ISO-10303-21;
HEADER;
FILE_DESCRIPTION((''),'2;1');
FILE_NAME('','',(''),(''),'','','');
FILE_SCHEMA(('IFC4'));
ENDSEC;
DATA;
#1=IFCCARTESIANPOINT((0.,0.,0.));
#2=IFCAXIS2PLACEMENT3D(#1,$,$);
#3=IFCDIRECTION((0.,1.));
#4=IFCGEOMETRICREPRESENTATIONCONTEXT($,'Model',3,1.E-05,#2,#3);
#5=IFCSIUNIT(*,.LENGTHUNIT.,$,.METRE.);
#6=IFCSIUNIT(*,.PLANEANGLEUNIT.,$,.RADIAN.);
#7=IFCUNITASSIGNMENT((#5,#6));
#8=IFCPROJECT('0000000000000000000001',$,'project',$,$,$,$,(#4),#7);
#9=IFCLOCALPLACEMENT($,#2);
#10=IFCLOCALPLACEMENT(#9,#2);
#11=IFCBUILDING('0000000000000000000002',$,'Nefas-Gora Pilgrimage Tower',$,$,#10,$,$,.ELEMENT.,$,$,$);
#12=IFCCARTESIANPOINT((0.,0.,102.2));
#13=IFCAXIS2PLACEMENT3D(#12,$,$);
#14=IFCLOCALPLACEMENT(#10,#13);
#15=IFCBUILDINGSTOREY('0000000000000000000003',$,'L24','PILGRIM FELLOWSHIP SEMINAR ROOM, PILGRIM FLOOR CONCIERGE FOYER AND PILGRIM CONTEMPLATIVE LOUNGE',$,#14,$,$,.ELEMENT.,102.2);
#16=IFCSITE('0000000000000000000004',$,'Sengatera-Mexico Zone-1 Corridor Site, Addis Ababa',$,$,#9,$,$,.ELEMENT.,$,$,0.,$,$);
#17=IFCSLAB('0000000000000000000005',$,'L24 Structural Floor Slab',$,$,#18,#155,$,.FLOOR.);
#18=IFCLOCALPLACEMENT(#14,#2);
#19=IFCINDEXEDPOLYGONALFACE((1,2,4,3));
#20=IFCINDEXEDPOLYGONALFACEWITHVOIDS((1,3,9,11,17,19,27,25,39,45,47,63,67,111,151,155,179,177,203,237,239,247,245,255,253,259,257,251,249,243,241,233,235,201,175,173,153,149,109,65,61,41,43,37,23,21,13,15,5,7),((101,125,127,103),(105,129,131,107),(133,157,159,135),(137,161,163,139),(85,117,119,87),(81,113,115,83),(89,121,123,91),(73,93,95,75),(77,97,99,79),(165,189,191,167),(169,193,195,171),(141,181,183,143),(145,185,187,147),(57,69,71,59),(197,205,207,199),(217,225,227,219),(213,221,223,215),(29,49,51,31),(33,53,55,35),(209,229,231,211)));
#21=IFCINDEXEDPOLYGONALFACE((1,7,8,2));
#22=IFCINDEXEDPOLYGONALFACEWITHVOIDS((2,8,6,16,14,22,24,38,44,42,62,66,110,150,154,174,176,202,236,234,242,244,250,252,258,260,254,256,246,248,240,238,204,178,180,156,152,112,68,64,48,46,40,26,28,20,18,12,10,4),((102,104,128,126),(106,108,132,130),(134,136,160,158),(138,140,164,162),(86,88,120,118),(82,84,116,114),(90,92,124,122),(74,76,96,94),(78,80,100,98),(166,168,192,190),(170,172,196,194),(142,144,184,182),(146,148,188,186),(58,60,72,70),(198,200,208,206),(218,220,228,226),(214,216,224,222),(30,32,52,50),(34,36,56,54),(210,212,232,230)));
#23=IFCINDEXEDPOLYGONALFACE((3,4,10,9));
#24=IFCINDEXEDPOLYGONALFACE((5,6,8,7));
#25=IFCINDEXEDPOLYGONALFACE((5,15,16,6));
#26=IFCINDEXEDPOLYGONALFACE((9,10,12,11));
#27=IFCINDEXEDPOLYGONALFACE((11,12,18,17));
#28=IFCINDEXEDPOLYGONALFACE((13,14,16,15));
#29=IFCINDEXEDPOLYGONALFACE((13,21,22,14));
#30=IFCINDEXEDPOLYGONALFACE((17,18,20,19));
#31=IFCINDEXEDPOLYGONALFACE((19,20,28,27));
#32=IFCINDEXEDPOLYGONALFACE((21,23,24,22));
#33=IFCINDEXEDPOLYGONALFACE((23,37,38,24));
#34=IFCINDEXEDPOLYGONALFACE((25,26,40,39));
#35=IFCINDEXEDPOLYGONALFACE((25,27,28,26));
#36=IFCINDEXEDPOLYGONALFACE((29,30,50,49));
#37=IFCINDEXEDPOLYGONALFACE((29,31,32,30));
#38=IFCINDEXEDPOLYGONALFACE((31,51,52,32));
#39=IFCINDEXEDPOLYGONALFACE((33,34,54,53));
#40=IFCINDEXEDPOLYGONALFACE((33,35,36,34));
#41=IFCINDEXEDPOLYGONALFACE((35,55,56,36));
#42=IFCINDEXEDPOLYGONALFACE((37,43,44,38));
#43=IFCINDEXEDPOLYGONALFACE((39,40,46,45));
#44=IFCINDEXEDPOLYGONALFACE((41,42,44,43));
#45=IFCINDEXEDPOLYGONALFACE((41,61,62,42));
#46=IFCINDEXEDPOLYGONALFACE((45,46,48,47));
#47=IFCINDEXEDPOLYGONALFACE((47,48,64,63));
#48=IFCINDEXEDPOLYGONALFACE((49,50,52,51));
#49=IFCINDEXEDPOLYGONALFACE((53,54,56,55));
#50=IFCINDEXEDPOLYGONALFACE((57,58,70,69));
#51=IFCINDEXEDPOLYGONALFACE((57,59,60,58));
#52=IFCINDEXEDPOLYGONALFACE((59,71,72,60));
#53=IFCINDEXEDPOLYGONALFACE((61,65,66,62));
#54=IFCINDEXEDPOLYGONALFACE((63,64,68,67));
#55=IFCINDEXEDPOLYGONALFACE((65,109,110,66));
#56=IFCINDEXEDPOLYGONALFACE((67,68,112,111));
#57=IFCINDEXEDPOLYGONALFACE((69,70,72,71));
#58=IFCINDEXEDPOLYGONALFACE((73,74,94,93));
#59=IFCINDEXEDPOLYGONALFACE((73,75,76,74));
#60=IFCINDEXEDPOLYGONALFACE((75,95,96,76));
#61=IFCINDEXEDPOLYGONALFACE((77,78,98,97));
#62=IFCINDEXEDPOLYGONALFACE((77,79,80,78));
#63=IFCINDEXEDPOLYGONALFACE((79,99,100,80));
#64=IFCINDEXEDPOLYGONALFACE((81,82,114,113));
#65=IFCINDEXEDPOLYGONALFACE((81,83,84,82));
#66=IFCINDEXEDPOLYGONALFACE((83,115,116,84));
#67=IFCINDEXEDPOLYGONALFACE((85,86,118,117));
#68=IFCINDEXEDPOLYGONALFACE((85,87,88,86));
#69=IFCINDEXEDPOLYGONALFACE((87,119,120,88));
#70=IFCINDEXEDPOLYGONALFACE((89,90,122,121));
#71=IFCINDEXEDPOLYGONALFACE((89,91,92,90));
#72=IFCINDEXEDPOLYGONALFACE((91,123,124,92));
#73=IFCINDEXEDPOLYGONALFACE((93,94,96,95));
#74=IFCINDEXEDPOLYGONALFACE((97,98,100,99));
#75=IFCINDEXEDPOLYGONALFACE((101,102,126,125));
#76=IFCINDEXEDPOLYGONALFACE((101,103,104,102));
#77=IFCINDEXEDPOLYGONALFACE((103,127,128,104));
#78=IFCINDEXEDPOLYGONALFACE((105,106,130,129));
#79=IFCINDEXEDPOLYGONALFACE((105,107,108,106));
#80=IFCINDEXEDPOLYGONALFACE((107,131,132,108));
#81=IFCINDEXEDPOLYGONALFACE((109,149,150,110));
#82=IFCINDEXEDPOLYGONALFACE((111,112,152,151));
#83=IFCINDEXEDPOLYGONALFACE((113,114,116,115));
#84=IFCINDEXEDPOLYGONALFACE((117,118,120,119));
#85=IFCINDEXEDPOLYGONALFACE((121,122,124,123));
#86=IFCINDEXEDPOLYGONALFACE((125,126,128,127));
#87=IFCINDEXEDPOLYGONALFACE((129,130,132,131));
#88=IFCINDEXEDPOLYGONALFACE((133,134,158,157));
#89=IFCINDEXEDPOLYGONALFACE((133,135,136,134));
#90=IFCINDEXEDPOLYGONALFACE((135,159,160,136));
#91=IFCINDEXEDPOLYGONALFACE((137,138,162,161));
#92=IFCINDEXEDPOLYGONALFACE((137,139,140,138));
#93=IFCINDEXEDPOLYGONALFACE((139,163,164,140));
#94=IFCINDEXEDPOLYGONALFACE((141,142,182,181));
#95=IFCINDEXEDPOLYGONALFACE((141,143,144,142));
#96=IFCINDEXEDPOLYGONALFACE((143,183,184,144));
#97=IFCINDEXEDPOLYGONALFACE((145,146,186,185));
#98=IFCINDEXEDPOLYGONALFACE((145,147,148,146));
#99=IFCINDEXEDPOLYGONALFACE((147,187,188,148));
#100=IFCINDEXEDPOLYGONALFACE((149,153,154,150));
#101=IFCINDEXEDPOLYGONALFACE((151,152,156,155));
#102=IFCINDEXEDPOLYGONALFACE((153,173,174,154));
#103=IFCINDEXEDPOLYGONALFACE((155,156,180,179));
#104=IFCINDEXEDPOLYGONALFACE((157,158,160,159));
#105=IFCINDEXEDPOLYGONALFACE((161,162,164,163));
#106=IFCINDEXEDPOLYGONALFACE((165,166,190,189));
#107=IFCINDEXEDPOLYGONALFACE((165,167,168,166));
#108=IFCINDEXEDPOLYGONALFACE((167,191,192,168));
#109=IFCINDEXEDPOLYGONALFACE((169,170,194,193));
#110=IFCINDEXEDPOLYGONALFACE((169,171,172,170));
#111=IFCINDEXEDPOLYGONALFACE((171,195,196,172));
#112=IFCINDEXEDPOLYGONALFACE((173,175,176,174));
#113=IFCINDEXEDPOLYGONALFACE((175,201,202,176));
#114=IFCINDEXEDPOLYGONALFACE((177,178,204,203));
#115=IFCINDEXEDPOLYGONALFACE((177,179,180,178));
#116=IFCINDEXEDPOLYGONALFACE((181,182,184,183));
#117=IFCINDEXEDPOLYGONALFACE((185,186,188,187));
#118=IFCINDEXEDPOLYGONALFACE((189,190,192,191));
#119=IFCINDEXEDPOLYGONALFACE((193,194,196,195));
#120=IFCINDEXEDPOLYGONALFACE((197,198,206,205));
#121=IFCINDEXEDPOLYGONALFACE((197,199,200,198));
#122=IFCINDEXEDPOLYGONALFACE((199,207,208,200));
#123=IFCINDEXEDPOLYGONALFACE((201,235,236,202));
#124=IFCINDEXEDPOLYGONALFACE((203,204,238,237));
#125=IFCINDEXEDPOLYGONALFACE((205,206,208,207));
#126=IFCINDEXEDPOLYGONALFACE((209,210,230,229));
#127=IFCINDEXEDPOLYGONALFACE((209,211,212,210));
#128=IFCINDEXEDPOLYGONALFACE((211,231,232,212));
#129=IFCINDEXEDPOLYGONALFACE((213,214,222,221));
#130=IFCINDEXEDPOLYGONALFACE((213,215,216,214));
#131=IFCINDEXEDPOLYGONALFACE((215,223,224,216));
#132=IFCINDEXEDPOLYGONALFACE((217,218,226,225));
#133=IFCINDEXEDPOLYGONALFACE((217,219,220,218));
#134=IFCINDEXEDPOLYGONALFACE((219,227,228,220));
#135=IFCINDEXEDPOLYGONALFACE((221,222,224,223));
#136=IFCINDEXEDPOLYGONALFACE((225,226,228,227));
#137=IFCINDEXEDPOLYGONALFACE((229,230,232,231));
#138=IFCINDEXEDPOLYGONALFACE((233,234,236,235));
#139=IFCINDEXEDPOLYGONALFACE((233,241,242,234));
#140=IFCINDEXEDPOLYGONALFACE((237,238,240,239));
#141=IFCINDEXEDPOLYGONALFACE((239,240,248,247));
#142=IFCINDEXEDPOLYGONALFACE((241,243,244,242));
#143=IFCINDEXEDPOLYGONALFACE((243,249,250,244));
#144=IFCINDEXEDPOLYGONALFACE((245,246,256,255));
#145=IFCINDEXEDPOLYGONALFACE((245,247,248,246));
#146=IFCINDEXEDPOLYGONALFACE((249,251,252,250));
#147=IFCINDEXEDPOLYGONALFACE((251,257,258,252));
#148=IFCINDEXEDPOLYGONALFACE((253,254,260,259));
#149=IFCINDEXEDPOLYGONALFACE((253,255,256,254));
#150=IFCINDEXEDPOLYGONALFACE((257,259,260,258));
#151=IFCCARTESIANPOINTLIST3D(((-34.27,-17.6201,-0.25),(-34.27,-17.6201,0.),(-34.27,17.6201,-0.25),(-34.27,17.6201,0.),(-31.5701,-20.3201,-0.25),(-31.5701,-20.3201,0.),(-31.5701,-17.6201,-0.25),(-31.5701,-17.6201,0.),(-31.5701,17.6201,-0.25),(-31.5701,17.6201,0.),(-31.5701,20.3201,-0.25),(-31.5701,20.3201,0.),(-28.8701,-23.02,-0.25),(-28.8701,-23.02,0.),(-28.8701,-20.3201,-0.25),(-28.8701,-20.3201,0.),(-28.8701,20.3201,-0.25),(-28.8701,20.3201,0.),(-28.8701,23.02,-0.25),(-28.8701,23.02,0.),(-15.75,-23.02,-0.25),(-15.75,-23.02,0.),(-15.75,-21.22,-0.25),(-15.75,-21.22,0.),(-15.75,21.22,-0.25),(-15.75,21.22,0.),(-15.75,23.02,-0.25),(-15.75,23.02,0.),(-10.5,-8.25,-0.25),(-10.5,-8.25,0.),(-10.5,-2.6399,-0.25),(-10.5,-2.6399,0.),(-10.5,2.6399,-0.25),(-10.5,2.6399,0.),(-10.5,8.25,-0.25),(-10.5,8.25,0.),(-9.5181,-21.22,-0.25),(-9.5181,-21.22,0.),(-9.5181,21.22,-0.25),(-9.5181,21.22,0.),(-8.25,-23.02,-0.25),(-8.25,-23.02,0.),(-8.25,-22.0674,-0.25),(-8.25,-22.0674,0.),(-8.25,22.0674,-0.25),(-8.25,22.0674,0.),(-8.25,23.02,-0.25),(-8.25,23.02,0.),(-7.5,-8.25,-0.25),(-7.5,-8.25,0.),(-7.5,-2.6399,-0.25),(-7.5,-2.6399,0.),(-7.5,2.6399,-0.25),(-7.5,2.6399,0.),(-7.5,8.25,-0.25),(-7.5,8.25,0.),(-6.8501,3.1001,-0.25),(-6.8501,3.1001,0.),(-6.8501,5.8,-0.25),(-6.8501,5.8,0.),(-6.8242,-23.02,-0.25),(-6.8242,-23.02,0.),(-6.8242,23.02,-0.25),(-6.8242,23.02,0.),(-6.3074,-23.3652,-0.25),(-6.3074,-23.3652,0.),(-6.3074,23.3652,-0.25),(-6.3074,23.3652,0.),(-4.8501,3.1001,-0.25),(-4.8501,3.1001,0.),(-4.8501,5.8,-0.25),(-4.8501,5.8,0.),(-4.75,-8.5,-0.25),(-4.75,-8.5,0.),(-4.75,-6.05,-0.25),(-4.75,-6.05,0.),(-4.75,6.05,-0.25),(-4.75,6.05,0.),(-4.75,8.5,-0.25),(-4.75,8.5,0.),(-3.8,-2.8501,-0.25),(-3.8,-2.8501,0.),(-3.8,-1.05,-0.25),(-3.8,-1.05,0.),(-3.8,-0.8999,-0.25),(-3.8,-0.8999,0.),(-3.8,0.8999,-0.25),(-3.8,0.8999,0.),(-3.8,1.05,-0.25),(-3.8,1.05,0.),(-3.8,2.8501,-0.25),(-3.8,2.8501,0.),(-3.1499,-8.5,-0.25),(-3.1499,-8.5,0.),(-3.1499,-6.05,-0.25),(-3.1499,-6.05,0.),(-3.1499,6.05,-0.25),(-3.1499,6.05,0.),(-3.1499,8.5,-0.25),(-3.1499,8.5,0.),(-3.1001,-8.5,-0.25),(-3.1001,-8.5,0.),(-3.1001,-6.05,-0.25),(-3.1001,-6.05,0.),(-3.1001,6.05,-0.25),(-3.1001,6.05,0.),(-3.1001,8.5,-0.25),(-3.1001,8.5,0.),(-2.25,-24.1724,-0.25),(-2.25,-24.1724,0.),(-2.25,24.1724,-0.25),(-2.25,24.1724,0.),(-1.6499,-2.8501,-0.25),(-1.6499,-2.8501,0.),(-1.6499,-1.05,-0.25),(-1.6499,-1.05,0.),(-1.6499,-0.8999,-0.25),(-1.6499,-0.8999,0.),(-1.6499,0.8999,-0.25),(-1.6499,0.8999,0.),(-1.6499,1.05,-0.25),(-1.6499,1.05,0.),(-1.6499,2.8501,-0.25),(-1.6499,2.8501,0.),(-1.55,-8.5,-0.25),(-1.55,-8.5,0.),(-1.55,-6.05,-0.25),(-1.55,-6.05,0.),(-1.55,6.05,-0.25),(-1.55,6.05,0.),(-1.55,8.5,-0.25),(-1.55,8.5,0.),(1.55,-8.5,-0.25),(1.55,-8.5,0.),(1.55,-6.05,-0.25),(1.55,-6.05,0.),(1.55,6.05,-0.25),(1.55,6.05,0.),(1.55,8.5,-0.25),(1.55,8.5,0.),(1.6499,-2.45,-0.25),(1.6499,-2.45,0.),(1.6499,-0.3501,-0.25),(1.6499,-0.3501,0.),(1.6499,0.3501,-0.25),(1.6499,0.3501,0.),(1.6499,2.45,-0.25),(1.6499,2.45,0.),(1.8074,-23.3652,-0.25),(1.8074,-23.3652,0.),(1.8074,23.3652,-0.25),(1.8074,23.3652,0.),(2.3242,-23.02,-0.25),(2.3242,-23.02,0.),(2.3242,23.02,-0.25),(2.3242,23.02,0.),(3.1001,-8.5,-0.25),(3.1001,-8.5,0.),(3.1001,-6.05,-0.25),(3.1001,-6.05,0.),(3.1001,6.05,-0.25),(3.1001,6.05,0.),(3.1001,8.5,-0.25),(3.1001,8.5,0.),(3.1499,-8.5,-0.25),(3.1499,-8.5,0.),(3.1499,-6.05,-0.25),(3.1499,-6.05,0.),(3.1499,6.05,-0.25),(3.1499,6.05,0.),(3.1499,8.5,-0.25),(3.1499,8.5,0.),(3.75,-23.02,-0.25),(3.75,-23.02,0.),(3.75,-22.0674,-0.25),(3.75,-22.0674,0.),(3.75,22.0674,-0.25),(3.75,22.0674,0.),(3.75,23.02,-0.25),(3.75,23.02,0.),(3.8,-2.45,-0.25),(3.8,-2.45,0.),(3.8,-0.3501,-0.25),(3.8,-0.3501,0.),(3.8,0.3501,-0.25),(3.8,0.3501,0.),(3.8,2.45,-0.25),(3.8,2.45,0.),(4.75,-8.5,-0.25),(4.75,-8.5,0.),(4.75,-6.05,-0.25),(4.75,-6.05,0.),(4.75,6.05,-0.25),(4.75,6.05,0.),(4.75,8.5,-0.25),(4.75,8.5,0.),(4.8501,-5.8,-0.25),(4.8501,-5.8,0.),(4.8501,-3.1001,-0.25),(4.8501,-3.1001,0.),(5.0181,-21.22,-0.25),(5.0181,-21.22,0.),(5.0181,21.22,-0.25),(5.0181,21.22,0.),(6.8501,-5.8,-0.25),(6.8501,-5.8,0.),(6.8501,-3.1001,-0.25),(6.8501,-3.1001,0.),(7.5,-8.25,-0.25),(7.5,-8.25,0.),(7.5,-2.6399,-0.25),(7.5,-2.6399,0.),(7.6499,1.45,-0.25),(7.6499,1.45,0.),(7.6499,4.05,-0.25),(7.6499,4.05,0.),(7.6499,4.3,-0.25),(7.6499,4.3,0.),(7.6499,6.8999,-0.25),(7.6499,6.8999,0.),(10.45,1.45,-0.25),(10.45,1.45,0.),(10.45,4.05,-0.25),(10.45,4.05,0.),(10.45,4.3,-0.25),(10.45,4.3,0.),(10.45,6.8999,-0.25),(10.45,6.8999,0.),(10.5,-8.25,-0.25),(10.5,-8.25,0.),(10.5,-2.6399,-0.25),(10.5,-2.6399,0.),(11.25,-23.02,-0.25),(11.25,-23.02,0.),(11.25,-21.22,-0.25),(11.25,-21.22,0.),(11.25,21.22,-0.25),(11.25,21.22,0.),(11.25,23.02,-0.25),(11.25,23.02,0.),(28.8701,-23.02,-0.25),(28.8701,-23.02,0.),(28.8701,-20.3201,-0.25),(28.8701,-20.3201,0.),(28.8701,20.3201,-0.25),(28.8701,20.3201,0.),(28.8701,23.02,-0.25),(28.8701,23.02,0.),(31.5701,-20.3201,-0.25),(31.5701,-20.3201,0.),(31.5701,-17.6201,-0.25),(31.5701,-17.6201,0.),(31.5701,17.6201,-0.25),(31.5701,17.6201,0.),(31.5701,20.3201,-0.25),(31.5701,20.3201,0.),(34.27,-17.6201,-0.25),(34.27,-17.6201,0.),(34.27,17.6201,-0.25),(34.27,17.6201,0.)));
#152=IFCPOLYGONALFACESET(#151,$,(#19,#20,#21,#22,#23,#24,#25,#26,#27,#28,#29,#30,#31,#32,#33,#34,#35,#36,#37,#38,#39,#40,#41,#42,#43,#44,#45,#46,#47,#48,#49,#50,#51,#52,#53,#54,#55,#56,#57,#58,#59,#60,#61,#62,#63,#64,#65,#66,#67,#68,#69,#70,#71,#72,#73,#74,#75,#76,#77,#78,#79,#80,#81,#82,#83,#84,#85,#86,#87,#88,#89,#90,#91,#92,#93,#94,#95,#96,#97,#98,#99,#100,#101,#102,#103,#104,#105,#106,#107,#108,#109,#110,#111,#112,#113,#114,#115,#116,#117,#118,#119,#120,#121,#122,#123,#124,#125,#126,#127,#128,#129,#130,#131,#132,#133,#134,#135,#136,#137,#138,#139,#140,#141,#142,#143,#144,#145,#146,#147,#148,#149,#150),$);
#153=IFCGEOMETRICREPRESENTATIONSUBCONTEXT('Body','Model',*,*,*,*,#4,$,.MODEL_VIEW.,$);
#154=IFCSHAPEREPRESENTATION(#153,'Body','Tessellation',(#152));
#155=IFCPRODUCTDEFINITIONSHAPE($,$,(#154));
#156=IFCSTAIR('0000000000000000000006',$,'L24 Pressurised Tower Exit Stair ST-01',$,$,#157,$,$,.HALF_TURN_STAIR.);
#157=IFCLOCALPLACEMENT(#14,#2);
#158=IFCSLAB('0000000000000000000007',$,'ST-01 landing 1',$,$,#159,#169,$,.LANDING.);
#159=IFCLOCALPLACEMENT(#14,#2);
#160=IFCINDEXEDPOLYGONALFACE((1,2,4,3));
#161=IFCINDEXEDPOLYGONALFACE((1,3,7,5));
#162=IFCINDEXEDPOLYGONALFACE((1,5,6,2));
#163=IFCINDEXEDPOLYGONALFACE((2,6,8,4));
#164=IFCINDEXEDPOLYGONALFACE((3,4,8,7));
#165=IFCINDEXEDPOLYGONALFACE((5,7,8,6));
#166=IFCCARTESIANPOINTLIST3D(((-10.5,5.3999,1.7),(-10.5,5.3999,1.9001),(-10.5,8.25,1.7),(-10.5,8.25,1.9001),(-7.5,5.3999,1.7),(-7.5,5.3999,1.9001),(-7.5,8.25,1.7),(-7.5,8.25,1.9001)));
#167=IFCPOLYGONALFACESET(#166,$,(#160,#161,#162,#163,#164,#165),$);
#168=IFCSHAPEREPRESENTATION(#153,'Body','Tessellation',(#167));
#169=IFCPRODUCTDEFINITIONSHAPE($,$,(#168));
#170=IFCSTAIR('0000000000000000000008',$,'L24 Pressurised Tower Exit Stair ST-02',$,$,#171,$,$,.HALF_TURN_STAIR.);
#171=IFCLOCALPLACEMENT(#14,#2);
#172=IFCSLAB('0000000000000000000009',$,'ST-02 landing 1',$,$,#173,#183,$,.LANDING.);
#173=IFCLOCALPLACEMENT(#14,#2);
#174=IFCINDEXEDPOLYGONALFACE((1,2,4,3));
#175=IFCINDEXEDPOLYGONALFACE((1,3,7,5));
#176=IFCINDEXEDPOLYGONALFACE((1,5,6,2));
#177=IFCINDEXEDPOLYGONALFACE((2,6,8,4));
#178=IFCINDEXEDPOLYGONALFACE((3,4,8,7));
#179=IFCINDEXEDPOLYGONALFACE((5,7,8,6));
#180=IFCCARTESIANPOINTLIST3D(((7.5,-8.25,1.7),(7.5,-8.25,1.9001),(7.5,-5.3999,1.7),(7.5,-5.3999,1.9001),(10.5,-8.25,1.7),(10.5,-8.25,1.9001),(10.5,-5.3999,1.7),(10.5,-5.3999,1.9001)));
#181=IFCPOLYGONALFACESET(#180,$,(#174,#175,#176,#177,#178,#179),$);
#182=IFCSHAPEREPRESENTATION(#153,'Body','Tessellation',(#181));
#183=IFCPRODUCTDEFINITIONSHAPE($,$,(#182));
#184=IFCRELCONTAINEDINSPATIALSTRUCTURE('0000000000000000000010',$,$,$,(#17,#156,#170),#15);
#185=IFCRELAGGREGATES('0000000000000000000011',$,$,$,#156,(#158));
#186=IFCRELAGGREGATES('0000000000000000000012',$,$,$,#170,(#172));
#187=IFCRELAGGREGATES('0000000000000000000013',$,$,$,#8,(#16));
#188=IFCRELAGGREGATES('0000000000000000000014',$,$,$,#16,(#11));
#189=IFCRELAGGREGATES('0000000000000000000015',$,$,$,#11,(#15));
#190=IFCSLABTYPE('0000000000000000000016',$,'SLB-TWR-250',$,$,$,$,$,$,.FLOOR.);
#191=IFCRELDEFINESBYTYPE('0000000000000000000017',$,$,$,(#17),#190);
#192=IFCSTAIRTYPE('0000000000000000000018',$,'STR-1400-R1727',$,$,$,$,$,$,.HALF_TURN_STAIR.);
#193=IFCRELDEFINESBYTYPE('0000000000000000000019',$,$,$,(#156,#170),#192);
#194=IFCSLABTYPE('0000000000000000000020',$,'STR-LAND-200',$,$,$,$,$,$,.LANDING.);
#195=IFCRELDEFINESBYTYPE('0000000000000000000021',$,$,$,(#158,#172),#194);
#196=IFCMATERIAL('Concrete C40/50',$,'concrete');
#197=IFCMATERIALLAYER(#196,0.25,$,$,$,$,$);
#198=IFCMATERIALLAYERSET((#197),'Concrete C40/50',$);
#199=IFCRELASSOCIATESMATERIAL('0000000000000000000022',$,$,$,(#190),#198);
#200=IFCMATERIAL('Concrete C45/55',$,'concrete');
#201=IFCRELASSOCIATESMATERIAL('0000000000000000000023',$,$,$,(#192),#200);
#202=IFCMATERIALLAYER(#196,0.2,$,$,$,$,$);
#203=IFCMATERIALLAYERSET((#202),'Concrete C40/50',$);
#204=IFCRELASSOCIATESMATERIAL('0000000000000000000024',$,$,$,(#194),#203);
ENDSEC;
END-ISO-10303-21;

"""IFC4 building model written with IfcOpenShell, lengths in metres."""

from ifc_helpers import new_model, si_unit, direction, frame, origin, place, context, subcontext, project, spatial, polyline, outline, extrude, material, layer, layer_set, type_object, element, aggregate, save


model = new_model("IFC4")

# Units and contexts
model_context = context("Model", 3, precision=1e-05, world=origin(), true_north=direction((0.0, 1.0)))
body_context = subcontext(model_context, "Body", "Model", "MODEL_VIEW")
ifc_project = project(units=[si_unit("LENGTHUNIT", "METRE"), si_unit("PLANEANGLEUNIT", "RADIAN")], contexts=[model_context])

# Site, building, storey
site_placement = place(None, origin())
site = spatial("IfcSite", under=ifc_project, at=site_placement, Name="Sengatera-Mexico Zone-1 Corridor Site, Addis Ababa", CompositionType="ELEMENT", RefElevation=0.0)
building_placement = place(site_placement, origin())
building = spatial("IfcBuilding", under=site, at=building_placement, Name="Nefas-Gora Pilgrimage Tower", CompositionType="ELEMENT")
storey_placement = place(building_placement, frame((0.0, 0.0, 102.2)))
storey = spatial("IfcBuildingStorey", under=building, at=storey_placement, Name="L24", Description="PILGRIM FELLOWSHIP SEMINAR ROOM, PILGRIM FLOOR CONCIERGE FOYER AND PILGRIM CONTEMPLATIVE LOUNGE", CompositionType="ELEMENT", Elevation=102.2)

# Slab
ifc_material_1 = material(Name="Concrete C40/50", Category="concrete")
ifc_layer_1 = layer(ifc_material_1, 0.25)
ifc_layer_set_1 = layer_set([ifc_layer_1], Name="Concrete C40/50")
slab_type_1 = type_object("IfcSlabType", Name="SLB-TWR-250", PredefinedType="FLOOR", material=ifc_layer_set_1)
slab_1_placement = place(storey_placement, frame((0.0, 0.0, -0.25)))
element("IfcSlab", 1, at=slab_1_placement, inside=storey, type_object=slab_type_1, Name="L24 Structural Floor Slab", PredefinedType="FLOOR", context=body_context, shape_type="SweptSolid", body=[
    extrude(outline(polyline([(5.0181, -21.22), (11.25, -21.22), (11.25, -23.02), (28.8701, -23.02), (28.8701, -20.3201), (31.5701, -20.3201), (31.5701, -17.6201), (34.27, -17.6201), (34.27, 17.6201), (31.5701, 17.6201), (31.5701, 20.3201), (28.8701, 20.3201), (28.8701, 23.02), (11.25, 23.02), (11.25, 21.22), (5.0181, 21.22), (3.75, 22.0674), (3.75, 23.02), (2.3242, 23.02), (1.8074, 23.3652), (-2.25, 24.1724), (-6.3074, 23.3652), (-6.8242, 23.02), (-8.25, 23.02), (-8.25, 22.0674), (-9.5181, 21.22), (-15.75, 21.22), (-15.75, 23.02), (-28.8701, 23.02), (-28.8701, 20.3201), (-31.5701, 20.3201), (-31.5701, 17.6201), (-34.27, 17.6201), (-34.27, -17.6201), (-31.5701, -17.6201), (-31.5701, -20.3201), (-28.8701, -20.3201), (-28.8701, -23.02), (-15.75, -23.02), (-15.75, -21.22), (-9.5181, -21.22), (-8.25, -22.0674), (-8.25, -23.02), (-6.8242, -23.02), (-6.3074, -23.3652), (-2.25, -24.1724), (1.8074, -23.3652), (2.3242, -23.02), (3.75, -23.02), (3.75, -22.0674), (5.0181, -21.22)]), holes=[polyline([(-10.5, 2.6399), (-10.5, 8.25), (-7.5, 8.25), (-7.5, 2.6399), (-10.5, 2.6399)]), polyline([(10.5, -2.6399), (10.5, -8.25), (7.5, -8.25), (7.5, -2.6399), (10.5, -2.6399)]), polyline([(-7.5, -2.6399), (-7.5, -8.25), (-10.5, -8.25), (-10.5, -2.6399), (-7.5, -2.6399)]), polyline([(-6.8501, 5.8), (-4.8501, 5.8), (-4.8501, 3.1001), (-6.8501, 3.1001), (-6.8501, 5.8)]), polyline([(4.8501, -3.1001), (6.8501, -3.1001), (6.8501, -5.8), (4.8501, -5.8), (4.8501, -3.1001)]), polyline([(7.6499, 4.05), (10.45, 4.05), (10.45, 1.45), (7.6499, 1.45), (7.6499, 4.05)]), polyline([(7.6499, 6.8999), (10.45, 6.8999), (10.45, 4.3), (7.6499, 4.3), (7.6499, 6.8999)]), polyline([(-4.75, 8.5), (-3.1499, 8.5), (-3.1499, 6.05), (-4.75, 6.05), (-4.75, 8.5)]), polyline([(-3.1001, 8.5), (-1.55, 8.5), (-1.55, 6.05), (-3.1001, 6.05), (-3.1001, 8.5)]), polyline([(1.55, 8.5), (3.1001, 8.5), (3.1001, 6.05), (1.55, 6.05), (1.55, 8.5)]), polyline([(3.1499, 8.5), (4.75, 8.5), (4.75, 6.05), (3.1499, 6.05), (3.1499, 8.5)]), polyline([(-4.75, -6.05), (-3.1499, -6.05), (-3.1499, -8.5), (-4.75, -8.5), (-4.75, -6.05)]), polyline([(-3.1001, -6.05), (-1.55, -6.05), (-1.55, -8.5), (-3.1001, -8.5), (-3.1001, -6.05)]), polyline([(1.55, -6.05), (3.1001, -6.05), (3.1001, -8.5), (1.55, -8.5), (1.55, -6.05)]), polyline([(3.1499, -6.05), (4.75, -6.05), (4.75, -8.5), (3.1499, -8.5), (3.1499, -6.05)]), polyline([(-3.8, -1.05), (-1.6499, -1.05), (-1.6499, -2.8501), (-3.8, -2.8501), (-3.8, -1.05)]), polyline([(-3.8, 0.8999), (-1.6499, 0.8999), (-1.6499, -0.8999), (-3.8, -0.8999), (-3.8, 0.8999)]), polyline([(-3.8, 2.8501), (-1.6499, 2.8501), (-1.6499, 1.05), (-3.8, 1.05), (-3.8, 2.8501)]), polyline([(1.6499, -0.3501), (3.8, -0.3501), (3.8, -2.45), (1.6499, -2.45), (1.6499, -0.3501)]), polyline([(1.6499, 2.45), (3.8, 2.45), (3.8, 0.3501), (1.6499, 0.3501), (1.6499, 2.45)])]), origin(), (0.0, 0.0, 1.0), 0.25),
])

# Stairs, slabs
ifc_material_2 = material(Name="Concrete C45/55", Category="concrete")
stair_type = type_object("IfcStairType", Name="STR-1400-R1727", PredefinedType="HALF_TURN_STAIR", material=ifc_material_2)
stair_1_placement = place(storey_placement, origin())
stair_1 = element("IfcStair", 2, at=stair_1_placement, inside=storey, type_object=stair_type, Name="L24 Pressurised Tower Exit Stair ST-01", PredefinedType="HALF_TURN_STAIR")
ifc_layer_2 = layer(ifc_material_1, 0.2)
ifc_layer_set_2 = layer_set([ifc_layer_2], Name="Concrete C40/50")
slab_type_2 = type_object("IfcSlabType", Name="STR-LAND-200", PredefinedType="LANDING", material=ifc_layer_set_2)
slab_2_placement = place(storey_placement, frame((0.0, 0.0, 1.7)))
slab_2 = element("IfcSlab", 3, at=slab_2_placement, type_object=slab_type_2, Name="ST-01 landing 1", PredefinedType="LANDING", context=body_context, shape_type="SweptSolid", body=[
    extrude(outline(polyline([(-7.5, 5.3999), (-7.5, 8.25), (-10.5, 8.25), (-10.5, 5.3999), (-7.5, 5.3999)])), origin(), (0.0, 0.0, 1.0), 0.2002),
])
aggregate(stair_1, [slab_2])
stair_2_placement = place(storey_placement, origin())
stair_2 = element("IfcStair", 4, at=stair_2_placement, inside=storey, type_object=stair_type, Name="L24 Pressurised Tower Exit Stair ST-02", PredefinedType="HALF_TURN_STAIR")
slab_3_placement = place(storey_placement, frame((0.0, 0.0, 1.7)))
slab_3 = element("IfcSlab", 5, at=slab_3_placement, type_object=slab_type_2, Name="ST-02 landing 1", PredefinedType="LANDING", context=body_context, shape_type="SweptSolid", body=[
    extrude(outline(polyline([(7.5, -5.3999), (7.5, -8.25), (10.5, -8.25), (10.5, -5.3999), (7.5, -5.3999)])), origin(), (0.0, 0.0, 1.0), 0.2002),
])
aggregate(stair_2, [slab_3])

save(model, "model.ifc")
